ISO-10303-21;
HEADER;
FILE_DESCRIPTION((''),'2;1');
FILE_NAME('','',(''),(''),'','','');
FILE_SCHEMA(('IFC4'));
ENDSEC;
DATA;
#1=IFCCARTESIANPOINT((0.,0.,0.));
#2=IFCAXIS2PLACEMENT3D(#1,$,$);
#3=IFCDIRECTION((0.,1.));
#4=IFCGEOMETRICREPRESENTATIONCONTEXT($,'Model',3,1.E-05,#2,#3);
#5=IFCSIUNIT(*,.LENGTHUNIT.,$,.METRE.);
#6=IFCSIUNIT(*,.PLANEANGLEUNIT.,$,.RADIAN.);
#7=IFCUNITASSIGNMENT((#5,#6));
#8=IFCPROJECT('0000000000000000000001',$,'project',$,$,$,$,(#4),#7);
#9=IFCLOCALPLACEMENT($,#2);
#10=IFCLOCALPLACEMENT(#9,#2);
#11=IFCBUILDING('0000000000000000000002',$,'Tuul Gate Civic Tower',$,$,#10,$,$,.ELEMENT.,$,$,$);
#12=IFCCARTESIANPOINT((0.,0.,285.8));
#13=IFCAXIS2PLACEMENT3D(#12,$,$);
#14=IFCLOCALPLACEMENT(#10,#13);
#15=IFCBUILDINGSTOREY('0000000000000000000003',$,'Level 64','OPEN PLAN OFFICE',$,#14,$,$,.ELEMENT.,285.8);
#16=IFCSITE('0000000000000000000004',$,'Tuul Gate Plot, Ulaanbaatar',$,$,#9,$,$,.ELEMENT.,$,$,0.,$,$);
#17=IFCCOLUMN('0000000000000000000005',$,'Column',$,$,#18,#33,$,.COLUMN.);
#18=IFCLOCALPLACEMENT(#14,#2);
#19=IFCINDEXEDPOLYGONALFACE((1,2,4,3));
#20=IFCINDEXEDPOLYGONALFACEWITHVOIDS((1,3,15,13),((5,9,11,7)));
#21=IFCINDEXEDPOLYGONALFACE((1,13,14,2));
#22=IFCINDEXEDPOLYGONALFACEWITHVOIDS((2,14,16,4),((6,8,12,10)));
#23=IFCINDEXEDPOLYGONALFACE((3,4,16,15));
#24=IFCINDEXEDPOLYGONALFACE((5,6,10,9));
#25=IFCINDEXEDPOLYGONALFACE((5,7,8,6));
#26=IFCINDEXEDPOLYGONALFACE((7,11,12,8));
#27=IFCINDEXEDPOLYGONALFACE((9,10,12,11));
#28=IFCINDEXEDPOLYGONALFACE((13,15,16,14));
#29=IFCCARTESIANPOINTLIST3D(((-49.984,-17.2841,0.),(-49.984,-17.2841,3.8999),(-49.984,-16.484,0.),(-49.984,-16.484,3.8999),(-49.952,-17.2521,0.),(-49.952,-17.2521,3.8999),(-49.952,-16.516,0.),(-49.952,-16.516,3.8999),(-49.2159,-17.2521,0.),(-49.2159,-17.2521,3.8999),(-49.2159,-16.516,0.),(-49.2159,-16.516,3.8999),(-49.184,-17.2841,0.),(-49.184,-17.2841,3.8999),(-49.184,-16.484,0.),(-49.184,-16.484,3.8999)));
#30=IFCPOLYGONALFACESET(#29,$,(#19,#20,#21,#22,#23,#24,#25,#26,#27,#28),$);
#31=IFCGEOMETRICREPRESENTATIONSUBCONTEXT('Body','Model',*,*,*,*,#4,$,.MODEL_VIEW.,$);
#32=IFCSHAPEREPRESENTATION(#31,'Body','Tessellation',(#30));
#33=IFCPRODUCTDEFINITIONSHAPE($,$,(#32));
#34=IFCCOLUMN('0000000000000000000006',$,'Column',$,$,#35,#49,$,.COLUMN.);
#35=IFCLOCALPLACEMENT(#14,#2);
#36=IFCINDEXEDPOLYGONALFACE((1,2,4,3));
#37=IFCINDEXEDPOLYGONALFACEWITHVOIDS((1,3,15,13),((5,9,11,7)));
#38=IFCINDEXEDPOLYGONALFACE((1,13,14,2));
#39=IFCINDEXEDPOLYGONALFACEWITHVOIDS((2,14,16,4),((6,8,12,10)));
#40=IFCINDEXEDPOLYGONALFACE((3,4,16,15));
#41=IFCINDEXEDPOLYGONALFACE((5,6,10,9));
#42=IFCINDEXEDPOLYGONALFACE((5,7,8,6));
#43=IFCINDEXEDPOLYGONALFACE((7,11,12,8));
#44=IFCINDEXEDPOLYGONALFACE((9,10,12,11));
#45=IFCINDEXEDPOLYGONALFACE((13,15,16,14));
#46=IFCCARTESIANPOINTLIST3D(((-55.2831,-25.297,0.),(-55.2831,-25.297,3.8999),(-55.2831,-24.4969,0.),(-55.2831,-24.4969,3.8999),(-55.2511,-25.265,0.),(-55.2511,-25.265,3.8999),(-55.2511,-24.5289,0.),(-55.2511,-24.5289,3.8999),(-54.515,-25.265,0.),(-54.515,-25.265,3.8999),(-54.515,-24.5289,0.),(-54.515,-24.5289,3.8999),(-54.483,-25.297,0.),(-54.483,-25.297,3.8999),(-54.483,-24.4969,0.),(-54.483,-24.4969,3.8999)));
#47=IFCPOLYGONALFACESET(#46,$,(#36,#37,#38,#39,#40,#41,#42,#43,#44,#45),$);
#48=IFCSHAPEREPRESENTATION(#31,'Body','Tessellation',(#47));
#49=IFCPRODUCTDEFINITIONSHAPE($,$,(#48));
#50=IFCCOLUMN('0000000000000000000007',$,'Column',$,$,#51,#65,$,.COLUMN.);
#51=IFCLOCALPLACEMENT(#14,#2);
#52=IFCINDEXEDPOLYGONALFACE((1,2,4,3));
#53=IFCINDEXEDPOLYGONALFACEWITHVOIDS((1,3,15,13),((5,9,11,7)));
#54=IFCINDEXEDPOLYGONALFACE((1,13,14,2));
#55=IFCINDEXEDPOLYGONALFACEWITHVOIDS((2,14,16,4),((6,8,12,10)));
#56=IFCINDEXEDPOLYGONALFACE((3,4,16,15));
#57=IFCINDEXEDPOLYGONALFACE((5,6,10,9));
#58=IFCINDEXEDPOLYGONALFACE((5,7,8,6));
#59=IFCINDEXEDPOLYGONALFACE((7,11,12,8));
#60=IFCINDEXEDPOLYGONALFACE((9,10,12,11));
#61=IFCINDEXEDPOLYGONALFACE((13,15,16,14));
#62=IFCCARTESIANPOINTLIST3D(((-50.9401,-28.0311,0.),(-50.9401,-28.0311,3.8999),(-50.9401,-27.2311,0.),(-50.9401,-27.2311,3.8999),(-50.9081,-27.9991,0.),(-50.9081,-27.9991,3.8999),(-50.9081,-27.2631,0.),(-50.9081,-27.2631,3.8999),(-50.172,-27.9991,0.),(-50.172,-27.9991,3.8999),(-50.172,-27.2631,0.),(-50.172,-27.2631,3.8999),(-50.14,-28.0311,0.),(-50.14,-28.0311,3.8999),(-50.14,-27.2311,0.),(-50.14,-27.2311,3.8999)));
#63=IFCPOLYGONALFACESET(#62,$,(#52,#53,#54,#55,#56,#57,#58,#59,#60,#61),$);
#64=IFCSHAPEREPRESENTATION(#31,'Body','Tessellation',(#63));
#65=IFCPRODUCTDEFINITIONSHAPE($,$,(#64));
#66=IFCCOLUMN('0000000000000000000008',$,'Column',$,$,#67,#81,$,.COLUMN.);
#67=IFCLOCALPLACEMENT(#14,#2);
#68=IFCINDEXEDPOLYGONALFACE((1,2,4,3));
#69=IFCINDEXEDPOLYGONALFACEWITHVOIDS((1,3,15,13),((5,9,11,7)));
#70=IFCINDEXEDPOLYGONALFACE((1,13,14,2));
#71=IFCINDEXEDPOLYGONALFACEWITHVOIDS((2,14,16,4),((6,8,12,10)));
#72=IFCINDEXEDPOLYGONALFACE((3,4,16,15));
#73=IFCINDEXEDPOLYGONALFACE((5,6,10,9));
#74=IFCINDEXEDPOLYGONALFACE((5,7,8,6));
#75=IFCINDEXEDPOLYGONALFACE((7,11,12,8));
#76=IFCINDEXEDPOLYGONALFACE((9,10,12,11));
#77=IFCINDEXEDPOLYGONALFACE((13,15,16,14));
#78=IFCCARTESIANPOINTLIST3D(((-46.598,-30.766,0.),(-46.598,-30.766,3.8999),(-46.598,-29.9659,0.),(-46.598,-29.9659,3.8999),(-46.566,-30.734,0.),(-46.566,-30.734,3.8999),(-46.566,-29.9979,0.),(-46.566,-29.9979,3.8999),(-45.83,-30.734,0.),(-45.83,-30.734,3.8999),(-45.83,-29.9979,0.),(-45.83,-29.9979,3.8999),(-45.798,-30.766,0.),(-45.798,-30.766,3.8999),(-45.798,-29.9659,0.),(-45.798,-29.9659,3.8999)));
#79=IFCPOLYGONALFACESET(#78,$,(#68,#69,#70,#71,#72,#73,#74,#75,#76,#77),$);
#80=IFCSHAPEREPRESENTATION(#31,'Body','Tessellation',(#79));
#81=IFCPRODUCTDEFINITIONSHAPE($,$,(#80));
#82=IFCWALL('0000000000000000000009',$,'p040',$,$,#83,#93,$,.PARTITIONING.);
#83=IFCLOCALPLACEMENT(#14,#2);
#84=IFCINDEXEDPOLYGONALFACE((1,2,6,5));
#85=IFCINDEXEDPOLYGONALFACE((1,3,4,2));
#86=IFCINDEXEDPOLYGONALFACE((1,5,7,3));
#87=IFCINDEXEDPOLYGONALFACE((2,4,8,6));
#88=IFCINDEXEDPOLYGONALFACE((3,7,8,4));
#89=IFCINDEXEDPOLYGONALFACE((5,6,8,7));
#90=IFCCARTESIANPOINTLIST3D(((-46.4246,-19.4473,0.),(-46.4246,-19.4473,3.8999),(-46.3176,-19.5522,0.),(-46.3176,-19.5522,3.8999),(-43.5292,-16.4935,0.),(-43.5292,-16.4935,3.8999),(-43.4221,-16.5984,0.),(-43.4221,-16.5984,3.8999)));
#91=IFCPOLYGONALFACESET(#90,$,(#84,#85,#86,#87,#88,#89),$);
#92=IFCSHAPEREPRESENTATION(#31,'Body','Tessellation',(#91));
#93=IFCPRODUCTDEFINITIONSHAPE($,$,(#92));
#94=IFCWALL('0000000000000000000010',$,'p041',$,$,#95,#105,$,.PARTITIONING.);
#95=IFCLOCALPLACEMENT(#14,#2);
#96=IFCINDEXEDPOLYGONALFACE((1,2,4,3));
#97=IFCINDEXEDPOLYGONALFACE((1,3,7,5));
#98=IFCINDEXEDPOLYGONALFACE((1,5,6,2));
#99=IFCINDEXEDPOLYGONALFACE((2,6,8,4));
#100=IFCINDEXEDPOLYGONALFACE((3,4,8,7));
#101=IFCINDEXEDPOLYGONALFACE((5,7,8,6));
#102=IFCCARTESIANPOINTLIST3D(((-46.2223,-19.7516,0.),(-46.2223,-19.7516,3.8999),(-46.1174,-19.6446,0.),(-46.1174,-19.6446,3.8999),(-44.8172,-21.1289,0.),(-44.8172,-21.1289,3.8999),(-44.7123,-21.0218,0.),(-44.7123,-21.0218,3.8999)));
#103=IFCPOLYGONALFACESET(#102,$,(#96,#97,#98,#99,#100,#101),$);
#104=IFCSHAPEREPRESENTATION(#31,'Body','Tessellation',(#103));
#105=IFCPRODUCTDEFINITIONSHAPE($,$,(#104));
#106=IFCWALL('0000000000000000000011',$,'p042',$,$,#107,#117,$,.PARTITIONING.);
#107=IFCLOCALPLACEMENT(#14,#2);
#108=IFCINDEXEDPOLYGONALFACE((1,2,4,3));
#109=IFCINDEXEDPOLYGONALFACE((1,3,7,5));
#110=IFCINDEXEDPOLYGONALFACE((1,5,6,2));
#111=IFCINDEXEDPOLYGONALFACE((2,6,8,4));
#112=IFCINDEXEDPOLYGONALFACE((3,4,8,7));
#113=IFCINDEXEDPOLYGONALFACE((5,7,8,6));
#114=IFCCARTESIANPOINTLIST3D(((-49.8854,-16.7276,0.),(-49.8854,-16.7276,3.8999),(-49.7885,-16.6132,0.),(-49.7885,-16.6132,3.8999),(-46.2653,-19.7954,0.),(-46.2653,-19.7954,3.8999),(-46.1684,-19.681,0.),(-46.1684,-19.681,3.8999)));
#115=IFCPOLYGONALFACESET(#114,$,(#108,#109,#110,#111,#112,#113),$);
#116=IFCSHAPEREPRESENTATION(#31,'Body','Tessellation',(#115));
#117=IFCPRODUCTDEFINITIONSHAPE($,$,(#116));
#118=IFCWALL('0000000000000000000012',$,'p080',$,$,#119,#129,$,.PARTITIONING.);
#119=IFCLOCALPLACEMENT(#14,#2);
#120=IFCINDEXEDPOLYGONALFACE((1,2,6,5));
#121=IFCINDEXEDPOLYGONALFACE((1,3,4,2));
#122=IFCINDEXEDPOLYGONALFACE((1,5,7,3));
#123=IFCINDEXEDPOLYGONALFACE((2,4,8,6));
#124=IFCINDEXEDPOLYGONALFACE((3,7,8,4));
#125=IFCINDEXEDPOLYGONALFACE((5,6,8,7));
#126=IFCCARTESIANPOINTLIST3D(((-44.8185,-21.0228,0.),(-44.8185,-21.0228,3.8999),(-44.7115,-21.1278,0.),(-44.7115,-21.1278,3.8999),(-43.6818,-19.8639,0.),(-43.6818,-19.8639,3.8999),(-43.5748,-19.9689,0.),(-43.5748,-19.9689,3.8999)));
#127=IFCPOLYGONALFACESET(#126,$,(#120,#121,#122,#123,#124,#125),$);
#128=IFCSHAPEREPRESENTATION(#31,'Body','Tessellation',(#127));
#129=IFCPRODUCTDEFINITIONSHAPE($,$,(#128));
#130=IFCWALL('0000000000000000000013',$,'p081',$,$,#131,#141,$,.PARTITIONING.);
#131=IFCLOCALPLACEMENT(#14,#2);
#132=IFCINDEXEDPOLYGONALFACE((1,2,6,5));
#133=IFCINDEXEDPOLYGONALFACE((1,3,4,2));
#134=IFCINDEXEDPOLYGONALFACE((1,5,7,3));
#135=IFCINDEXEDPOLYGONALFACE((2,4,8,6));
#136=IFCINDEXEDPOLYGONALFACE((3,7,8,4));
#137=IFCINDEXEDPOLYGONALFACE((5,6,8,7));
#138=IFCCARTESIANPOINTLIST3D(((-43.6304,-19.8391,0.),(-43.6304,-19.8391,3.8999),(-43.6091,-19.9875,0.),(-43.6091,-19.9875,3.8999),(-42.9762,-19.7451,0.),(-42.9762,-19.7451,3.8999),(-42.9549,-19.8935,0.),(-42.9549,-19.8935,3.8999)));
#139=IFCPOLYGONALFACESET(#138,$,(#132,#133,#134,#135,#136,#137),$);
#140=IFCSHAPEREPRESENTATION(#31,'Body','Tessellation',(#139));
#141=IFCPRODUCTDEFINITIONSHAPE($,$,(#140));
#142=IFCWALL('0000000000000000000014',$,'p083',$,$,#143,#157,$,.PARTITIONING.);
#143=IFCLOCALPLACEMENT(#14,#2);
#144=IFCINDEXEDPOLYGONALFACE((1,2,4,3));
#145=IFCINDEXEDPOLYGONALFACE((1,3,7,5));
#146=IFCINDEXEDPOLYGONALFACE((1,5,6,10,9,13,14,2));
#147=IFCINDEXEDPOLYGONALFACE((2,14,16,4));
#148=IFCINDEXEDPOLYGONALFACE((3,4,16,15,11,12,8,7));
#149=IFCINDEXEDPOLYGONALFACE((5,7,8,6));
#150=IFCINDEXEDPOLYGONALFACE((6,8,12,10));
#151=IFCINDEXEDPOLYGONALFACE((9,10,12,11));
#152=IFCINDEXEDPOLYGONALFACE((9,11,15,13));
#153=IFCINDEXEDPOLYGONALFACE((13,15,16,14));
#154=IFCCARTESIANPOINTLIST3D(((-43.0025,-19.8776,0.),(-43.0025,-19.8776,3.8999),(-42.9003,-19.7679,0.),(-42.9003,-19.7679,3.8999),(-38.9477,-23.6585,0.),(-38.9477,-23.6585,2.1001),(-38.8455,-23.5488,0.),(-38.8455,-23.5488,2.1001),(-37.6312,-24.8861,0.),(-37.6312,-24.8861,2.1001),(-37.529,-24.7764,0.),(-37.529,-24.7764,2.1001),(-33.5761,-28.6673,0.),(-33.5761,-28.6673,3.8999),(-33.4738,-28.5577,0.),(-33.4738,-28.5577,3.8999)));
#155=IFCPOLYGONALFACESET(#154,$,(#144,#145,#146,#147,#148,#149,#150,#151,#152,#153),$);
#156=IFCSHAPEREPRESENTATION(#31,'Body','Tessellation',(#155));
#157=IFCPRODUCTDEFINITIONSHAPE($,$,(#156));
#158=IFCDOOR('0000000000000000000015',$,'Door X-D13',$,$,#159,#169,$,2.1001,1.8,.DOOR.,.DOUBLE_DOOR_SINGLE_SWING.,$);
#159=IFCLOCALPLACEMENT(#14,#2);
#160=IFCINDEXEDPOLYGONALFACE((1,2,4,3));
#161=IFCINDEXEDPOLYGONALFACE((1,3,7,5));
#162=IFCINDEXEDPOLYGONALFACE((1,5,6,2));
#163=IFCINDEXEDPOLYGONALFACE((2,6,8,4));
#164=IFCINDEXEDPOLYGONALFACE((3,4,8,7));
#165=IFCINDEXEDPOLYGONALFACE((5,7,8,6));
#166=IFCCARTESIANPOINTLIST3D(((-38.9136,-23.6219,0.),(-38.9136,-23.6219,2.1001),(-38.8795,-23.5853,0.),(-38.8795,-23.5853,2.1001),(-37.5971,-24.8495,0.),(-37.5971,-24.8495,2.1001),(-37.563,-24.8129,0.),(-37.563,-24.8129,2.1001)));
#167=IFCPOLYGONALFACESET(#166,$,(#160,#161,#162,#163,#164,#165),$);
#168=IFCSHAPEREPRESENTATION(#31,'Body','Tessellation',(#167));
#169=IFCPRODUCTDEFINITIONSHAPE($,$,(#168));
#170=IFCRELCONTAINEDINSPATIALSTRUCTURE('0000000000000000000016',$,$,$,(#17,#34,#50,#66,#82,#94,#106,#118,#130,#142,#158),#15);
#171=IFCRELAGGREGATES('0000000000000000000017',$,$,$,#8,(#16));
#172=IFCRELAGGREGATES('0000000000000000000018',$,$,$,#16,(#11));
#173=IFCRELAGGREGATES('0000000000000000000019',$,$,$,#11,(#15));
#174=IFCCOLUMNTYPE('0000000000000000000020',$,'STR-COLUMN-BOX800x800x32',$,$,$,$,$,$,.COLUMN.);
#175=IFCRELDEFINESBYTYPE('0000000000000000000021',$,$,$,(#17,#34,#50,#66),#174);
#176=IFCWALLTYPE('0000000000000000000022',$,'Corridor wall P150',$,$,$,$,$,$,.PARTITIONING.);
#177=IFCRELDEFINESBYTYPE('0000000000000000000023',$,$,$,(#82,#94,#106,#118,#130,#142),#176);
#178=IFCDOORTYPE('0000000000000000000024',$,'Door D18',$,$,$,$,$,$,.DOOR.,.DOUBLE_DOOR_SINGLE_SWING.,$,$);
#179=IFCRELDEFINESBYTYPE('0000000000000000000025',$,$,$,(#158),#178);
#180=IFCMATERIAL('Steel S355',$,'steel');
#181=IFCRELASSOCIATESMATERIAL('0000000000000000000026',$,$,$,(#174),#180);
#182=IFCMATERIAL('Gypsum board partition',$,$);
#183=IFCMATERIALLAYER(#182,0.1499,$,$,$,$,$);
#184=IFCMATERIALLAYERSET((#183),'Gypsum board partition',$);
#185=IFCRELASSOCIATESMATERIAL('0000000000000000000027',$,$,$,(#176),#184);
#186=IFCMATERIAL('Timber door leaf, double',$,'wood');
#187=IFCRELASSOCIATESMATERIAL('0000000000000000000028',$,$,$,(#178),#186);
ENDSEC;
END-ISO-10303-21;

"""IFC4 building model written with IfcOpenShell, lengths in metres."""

from ifc_helpers import new_model, si_unit, direction, frame, frame_2d, origin, origin_2d, place, context, subcontext, project, spatial, rectangle, hollow_rectangle, extrude, material, layer, layer_set, material_profile, profile_set, type_object, element, fill, save


model = new_model("IFC4")

# Units and contexts
model_context = context("Model", 3, precision=1e-05, world=origin(), true_north=direction((0.0, 1.0)))
body_context = subcontext(model_context, "Body", "Model", "MODEL_VIEW")
ifc_project = project(units=[si_unit("LENGTHUNIT", "METRE"), si_unit("PLANEANGLEUNIT", "RADIAN")], contexts=[model_context])

# Site, building, storey
site_placement = place(None, origin())
site = spatial("IfcSite", under=ifc_project, at=site_placement, Name="Tuul Gate Plot, Ulaanbaatar", CompositionType="ELEMENT", RefElevation=0.0)
building_placement = place(site_placement, origin())
building = spatial("IfcBuilding", under=site, at=building_placement, Name="Tuul Gate Civic Tower", CompositionType="ELEMENT")
storey_placement = place(building_placement, frame((0.0, 0.0, 285.8)))
storey = spatial("IfcBuildingStorey", under=building, at=storey_placement, Name="Level 64", Description="OPEN PLAN OFFICE", CompositionType="ELEMENT", Elevation=285.8)

# Columns
ifc_material_1 = material(Name="Steel S355", Category="steel")
ifc_material_profile_1 = material_profile(ifc_material_1, hollow_rectangle(XDim=0.8, YDim=0.8, WallThickness=0.032, at=origin_2d()), Name="BOX800x800x32")
ifc_profile_set_1 = profile_set([ifc_material_profile_1], Name="Steel S355")
column_type = type_object("IfcColumnType", Name="STR-COLUMN-BOX800x800x32", PredefinedType="COLUMN", material=ifc_profile_set_1)
for number, where, z_axis, x_axis, name in (
    (1, (-49.584, -16.884, 0.0), (0.0, 0.0, 1.0), (1.0, 0.0, 0.0), "Column"),
    (2, (-54.8831, -24.897, 0.0), (0.0, 0.0, 1.0), (1.0, 0.0, 0.0), "Column"),
    (3, (-50.54, -27.6311, 0.0), (0.0, 0.0, 1.0), (1.0, 0.0, 0.0), "Column"),
    (4, (-46.198, -30.366, 0.0), (0.0, 0.0, 1.0), (1.0, 0.0, 0.0), "Column"),
):
    element("IfcColumn", number, at=place(storey_placement, frame(where, z_axis=z_axis, x_axis=x_axis)), inside=storey, type_object=column_type, Name=name, PredefinedType="COLUMN", context=body_context, shape_type="SweptSolid", body=[
        extrude(hollow_rectangle(XDim=0.8, YDim=0.8, WallThickness=0.032, at=origin_2d()), origin(), (0.0, 0.0, 1.0), 3.8999),
    ])

# Walls
ifc_material_2 = material(Name="Gypsum board partition")
ifc_layer_1 = layer(ifc_material_2, 0.1499)
ifc_layer_set_1 = layer_set([ifc_layer_1], Name="Gypsum board partition")
wall_type_1 = type_object("IfcWallType", Name="Corridor wall P150", PredefinedType="PARTITIONING", material=ifc_layer_set_1)
wall_1_placement = place(storey_placement, frame((-46.3711, -19.4998, 0.0), z_axis=(0.0, 0.0, 1.0), x_axis=(0.700018, 0.714125, 0.0)))
element("IfcWall", 5, at=wall_1_placement, inside=storey, type_object=wall_type_1, Name="p040", PredefinedType="PARTITIONING", context=body_context, shape_type="SweptSolid", body=[
    extrude(rectangle(XDim=4.1362, YDim=0.1499, at=frame_2d((2.0681, 0.0))), origin(), (0.0, 0.0, 1.0), 3.8999),
])
wall_2_placement = place(storey_placement, frame((-46.1699, -19.698, 0.0), z_axis=(0.0, 0.0, 1.0), x_axis=(0.714145, -0.699998, 0.0)))
element("IfcWall", 6, at=wall_2_placement, inside=storey, type_object=wall_type_1, Name="p041", PredefinedType="PARTITIONING", context=body_context, shape_type="SweptSolid", body=[
    extrude(rectangle(XDim=1.9675, YDim=0.1499, at=frame_2d((0.9839, 0.0))), origin(), (0.0, 0.0, 1.0), 3.8999),
])
wall_3_placement = place(storey_placement, frame((-49.8369, -16.6704, 0.0), z_axis=(0.0, 0.0, 1.0), x_axis=(0.762898, -0.646519, 0.0)))
element("IfcWall", 7, at=wall_3_placement, inside=storey, type_object=wall_type_1, Name="p042", PredefinedType="PARTITIONING", context=body_context, shape_type="SweptSolid", body=[
    extrude(rectangle(XDim=4.7451, YDim=0.1499, at=frame_2d((2.3726, 0.0))), origin(), (0.0, 0.0, 1.0), 3.8999),
])
wall_4_placement = place(storey_placement, frame((-44.7649, -21.0752, 0.0), z_axis=(0.0, 0.0, 1.0), x_axis=(0.700231, 0.713917, 0.0)))
element("IfcWall", 8, at=wall_4_placement, inside=storey, type_object=wall_type_1, Name="p080", PredefinedType="PARTITIONING", context=body_context, shape_type="SweptSolid", body=[
    extrude(rectangle(XDim=1.6233, YDim=0.1499, at=frame_2d((0.8115, 0.0))), origin(), (0.0, 0.0, 1.0), 3.8999),
])
wall_5_placement = place(storey_placement, frame((-43.6199, -19.9133, 0.0), z_axis=(0.0, 0.0, 1.0), x_axis=(0.989831, 0.142249, 0.0)))
element("IfcWall", 9, at=wall_5_placement, inside=storey, type_object=wall_type_1, Name="p081", PredefinedType="PARTITIONING", context=body_context, shape_type="SweptSolid", body=[
    extrude(rectangle(XDim=0.6609, YDim=0.1499, at=frame_2d((0.3306, 0.0))), origin(), (0.0, 0.0, 1.0), 3.8999),
])

# Wall, opening, door
wall_6_placement = place(storey_placement, frame((-42.9514, -19.8228, 0.0), z_axis=(0.0, 0.0, 1.0), x_axis=(0.731376, -0.681975, 0.0)))
wall_6 = element("IfcWall", 10, at=wall_6_placement, inside=storey, type_object=wall_type_1, Name="p083", PredefinedType="PARTITIONING", context=body_context, shape_type="SweptSolid", body=[
    extrude(rectangle(XDim=12.8887, YDim=0.1499, at=frame_2d((6.4443, 0.0))), origin(), (0.0, 0.0, 1.0), 3.8999),
])
opening_1_placement = place(wall_6_placement, frame((5.5442, 0.0, 0.0)))
opening_1 = element("IfcOpeningElement", 11, at=opening_1_placement, cuts=wall_6, PredefinedType="OPENING", context=body_context, shape_type="SweptSolid", body=[
    extrude(rectangle(XDim=1.8, YDim=2.1001, at=frame_2d((0.8999, 1.05))), frame((0.0, 0.085, 0.0), z_axis=(0.0, -1.0, 0.0), x_axis=(1.0, 0.0, 0.0)), (0.0, 0.0, 1.0), 0.1699),
])
ifc_material_3 = material(Name="Timber door leaf, double", Category="wood")
door_type = type_object("IfcDoorType", Name="Door D18", OperationType="DOUBLE_DOOR_SINGLE_SWING", PredefinedType="DOOR", material=ifc_material_3)
door_placement = place(opening_1_placement, frame((1.8, 0.0, 0.0), z_axis=(0.0, 0.0, 1.0), x_axis=(-1.0, 0.0, 0.0)))
door = element("IfcDoor", 12, at=door_placement, inside=storey, type_object=door_type, Name="Door X-D13", OperationType="DOUBLE_DOOR_SINGLE_SWING", OverallHeight=2.1001, OverallWidth=1.8, PredefinedType="DOOR", context=body_context, shape_type="SweptSolid", body=[
    extrude(rectangle(XDim=1.8, YDim=2.1001, at=frame_2d((0.9001, 1.05))), frame((0.0, 0.0249, 0.0), z_axis=(0.0, -1.0, 0.0), x_axis=(1.0, 0.0, 0.0)), (0.0, 0.0, 1.0), 0.05),
])
fill(opening_1, door)

save(model, "model.ifc")
